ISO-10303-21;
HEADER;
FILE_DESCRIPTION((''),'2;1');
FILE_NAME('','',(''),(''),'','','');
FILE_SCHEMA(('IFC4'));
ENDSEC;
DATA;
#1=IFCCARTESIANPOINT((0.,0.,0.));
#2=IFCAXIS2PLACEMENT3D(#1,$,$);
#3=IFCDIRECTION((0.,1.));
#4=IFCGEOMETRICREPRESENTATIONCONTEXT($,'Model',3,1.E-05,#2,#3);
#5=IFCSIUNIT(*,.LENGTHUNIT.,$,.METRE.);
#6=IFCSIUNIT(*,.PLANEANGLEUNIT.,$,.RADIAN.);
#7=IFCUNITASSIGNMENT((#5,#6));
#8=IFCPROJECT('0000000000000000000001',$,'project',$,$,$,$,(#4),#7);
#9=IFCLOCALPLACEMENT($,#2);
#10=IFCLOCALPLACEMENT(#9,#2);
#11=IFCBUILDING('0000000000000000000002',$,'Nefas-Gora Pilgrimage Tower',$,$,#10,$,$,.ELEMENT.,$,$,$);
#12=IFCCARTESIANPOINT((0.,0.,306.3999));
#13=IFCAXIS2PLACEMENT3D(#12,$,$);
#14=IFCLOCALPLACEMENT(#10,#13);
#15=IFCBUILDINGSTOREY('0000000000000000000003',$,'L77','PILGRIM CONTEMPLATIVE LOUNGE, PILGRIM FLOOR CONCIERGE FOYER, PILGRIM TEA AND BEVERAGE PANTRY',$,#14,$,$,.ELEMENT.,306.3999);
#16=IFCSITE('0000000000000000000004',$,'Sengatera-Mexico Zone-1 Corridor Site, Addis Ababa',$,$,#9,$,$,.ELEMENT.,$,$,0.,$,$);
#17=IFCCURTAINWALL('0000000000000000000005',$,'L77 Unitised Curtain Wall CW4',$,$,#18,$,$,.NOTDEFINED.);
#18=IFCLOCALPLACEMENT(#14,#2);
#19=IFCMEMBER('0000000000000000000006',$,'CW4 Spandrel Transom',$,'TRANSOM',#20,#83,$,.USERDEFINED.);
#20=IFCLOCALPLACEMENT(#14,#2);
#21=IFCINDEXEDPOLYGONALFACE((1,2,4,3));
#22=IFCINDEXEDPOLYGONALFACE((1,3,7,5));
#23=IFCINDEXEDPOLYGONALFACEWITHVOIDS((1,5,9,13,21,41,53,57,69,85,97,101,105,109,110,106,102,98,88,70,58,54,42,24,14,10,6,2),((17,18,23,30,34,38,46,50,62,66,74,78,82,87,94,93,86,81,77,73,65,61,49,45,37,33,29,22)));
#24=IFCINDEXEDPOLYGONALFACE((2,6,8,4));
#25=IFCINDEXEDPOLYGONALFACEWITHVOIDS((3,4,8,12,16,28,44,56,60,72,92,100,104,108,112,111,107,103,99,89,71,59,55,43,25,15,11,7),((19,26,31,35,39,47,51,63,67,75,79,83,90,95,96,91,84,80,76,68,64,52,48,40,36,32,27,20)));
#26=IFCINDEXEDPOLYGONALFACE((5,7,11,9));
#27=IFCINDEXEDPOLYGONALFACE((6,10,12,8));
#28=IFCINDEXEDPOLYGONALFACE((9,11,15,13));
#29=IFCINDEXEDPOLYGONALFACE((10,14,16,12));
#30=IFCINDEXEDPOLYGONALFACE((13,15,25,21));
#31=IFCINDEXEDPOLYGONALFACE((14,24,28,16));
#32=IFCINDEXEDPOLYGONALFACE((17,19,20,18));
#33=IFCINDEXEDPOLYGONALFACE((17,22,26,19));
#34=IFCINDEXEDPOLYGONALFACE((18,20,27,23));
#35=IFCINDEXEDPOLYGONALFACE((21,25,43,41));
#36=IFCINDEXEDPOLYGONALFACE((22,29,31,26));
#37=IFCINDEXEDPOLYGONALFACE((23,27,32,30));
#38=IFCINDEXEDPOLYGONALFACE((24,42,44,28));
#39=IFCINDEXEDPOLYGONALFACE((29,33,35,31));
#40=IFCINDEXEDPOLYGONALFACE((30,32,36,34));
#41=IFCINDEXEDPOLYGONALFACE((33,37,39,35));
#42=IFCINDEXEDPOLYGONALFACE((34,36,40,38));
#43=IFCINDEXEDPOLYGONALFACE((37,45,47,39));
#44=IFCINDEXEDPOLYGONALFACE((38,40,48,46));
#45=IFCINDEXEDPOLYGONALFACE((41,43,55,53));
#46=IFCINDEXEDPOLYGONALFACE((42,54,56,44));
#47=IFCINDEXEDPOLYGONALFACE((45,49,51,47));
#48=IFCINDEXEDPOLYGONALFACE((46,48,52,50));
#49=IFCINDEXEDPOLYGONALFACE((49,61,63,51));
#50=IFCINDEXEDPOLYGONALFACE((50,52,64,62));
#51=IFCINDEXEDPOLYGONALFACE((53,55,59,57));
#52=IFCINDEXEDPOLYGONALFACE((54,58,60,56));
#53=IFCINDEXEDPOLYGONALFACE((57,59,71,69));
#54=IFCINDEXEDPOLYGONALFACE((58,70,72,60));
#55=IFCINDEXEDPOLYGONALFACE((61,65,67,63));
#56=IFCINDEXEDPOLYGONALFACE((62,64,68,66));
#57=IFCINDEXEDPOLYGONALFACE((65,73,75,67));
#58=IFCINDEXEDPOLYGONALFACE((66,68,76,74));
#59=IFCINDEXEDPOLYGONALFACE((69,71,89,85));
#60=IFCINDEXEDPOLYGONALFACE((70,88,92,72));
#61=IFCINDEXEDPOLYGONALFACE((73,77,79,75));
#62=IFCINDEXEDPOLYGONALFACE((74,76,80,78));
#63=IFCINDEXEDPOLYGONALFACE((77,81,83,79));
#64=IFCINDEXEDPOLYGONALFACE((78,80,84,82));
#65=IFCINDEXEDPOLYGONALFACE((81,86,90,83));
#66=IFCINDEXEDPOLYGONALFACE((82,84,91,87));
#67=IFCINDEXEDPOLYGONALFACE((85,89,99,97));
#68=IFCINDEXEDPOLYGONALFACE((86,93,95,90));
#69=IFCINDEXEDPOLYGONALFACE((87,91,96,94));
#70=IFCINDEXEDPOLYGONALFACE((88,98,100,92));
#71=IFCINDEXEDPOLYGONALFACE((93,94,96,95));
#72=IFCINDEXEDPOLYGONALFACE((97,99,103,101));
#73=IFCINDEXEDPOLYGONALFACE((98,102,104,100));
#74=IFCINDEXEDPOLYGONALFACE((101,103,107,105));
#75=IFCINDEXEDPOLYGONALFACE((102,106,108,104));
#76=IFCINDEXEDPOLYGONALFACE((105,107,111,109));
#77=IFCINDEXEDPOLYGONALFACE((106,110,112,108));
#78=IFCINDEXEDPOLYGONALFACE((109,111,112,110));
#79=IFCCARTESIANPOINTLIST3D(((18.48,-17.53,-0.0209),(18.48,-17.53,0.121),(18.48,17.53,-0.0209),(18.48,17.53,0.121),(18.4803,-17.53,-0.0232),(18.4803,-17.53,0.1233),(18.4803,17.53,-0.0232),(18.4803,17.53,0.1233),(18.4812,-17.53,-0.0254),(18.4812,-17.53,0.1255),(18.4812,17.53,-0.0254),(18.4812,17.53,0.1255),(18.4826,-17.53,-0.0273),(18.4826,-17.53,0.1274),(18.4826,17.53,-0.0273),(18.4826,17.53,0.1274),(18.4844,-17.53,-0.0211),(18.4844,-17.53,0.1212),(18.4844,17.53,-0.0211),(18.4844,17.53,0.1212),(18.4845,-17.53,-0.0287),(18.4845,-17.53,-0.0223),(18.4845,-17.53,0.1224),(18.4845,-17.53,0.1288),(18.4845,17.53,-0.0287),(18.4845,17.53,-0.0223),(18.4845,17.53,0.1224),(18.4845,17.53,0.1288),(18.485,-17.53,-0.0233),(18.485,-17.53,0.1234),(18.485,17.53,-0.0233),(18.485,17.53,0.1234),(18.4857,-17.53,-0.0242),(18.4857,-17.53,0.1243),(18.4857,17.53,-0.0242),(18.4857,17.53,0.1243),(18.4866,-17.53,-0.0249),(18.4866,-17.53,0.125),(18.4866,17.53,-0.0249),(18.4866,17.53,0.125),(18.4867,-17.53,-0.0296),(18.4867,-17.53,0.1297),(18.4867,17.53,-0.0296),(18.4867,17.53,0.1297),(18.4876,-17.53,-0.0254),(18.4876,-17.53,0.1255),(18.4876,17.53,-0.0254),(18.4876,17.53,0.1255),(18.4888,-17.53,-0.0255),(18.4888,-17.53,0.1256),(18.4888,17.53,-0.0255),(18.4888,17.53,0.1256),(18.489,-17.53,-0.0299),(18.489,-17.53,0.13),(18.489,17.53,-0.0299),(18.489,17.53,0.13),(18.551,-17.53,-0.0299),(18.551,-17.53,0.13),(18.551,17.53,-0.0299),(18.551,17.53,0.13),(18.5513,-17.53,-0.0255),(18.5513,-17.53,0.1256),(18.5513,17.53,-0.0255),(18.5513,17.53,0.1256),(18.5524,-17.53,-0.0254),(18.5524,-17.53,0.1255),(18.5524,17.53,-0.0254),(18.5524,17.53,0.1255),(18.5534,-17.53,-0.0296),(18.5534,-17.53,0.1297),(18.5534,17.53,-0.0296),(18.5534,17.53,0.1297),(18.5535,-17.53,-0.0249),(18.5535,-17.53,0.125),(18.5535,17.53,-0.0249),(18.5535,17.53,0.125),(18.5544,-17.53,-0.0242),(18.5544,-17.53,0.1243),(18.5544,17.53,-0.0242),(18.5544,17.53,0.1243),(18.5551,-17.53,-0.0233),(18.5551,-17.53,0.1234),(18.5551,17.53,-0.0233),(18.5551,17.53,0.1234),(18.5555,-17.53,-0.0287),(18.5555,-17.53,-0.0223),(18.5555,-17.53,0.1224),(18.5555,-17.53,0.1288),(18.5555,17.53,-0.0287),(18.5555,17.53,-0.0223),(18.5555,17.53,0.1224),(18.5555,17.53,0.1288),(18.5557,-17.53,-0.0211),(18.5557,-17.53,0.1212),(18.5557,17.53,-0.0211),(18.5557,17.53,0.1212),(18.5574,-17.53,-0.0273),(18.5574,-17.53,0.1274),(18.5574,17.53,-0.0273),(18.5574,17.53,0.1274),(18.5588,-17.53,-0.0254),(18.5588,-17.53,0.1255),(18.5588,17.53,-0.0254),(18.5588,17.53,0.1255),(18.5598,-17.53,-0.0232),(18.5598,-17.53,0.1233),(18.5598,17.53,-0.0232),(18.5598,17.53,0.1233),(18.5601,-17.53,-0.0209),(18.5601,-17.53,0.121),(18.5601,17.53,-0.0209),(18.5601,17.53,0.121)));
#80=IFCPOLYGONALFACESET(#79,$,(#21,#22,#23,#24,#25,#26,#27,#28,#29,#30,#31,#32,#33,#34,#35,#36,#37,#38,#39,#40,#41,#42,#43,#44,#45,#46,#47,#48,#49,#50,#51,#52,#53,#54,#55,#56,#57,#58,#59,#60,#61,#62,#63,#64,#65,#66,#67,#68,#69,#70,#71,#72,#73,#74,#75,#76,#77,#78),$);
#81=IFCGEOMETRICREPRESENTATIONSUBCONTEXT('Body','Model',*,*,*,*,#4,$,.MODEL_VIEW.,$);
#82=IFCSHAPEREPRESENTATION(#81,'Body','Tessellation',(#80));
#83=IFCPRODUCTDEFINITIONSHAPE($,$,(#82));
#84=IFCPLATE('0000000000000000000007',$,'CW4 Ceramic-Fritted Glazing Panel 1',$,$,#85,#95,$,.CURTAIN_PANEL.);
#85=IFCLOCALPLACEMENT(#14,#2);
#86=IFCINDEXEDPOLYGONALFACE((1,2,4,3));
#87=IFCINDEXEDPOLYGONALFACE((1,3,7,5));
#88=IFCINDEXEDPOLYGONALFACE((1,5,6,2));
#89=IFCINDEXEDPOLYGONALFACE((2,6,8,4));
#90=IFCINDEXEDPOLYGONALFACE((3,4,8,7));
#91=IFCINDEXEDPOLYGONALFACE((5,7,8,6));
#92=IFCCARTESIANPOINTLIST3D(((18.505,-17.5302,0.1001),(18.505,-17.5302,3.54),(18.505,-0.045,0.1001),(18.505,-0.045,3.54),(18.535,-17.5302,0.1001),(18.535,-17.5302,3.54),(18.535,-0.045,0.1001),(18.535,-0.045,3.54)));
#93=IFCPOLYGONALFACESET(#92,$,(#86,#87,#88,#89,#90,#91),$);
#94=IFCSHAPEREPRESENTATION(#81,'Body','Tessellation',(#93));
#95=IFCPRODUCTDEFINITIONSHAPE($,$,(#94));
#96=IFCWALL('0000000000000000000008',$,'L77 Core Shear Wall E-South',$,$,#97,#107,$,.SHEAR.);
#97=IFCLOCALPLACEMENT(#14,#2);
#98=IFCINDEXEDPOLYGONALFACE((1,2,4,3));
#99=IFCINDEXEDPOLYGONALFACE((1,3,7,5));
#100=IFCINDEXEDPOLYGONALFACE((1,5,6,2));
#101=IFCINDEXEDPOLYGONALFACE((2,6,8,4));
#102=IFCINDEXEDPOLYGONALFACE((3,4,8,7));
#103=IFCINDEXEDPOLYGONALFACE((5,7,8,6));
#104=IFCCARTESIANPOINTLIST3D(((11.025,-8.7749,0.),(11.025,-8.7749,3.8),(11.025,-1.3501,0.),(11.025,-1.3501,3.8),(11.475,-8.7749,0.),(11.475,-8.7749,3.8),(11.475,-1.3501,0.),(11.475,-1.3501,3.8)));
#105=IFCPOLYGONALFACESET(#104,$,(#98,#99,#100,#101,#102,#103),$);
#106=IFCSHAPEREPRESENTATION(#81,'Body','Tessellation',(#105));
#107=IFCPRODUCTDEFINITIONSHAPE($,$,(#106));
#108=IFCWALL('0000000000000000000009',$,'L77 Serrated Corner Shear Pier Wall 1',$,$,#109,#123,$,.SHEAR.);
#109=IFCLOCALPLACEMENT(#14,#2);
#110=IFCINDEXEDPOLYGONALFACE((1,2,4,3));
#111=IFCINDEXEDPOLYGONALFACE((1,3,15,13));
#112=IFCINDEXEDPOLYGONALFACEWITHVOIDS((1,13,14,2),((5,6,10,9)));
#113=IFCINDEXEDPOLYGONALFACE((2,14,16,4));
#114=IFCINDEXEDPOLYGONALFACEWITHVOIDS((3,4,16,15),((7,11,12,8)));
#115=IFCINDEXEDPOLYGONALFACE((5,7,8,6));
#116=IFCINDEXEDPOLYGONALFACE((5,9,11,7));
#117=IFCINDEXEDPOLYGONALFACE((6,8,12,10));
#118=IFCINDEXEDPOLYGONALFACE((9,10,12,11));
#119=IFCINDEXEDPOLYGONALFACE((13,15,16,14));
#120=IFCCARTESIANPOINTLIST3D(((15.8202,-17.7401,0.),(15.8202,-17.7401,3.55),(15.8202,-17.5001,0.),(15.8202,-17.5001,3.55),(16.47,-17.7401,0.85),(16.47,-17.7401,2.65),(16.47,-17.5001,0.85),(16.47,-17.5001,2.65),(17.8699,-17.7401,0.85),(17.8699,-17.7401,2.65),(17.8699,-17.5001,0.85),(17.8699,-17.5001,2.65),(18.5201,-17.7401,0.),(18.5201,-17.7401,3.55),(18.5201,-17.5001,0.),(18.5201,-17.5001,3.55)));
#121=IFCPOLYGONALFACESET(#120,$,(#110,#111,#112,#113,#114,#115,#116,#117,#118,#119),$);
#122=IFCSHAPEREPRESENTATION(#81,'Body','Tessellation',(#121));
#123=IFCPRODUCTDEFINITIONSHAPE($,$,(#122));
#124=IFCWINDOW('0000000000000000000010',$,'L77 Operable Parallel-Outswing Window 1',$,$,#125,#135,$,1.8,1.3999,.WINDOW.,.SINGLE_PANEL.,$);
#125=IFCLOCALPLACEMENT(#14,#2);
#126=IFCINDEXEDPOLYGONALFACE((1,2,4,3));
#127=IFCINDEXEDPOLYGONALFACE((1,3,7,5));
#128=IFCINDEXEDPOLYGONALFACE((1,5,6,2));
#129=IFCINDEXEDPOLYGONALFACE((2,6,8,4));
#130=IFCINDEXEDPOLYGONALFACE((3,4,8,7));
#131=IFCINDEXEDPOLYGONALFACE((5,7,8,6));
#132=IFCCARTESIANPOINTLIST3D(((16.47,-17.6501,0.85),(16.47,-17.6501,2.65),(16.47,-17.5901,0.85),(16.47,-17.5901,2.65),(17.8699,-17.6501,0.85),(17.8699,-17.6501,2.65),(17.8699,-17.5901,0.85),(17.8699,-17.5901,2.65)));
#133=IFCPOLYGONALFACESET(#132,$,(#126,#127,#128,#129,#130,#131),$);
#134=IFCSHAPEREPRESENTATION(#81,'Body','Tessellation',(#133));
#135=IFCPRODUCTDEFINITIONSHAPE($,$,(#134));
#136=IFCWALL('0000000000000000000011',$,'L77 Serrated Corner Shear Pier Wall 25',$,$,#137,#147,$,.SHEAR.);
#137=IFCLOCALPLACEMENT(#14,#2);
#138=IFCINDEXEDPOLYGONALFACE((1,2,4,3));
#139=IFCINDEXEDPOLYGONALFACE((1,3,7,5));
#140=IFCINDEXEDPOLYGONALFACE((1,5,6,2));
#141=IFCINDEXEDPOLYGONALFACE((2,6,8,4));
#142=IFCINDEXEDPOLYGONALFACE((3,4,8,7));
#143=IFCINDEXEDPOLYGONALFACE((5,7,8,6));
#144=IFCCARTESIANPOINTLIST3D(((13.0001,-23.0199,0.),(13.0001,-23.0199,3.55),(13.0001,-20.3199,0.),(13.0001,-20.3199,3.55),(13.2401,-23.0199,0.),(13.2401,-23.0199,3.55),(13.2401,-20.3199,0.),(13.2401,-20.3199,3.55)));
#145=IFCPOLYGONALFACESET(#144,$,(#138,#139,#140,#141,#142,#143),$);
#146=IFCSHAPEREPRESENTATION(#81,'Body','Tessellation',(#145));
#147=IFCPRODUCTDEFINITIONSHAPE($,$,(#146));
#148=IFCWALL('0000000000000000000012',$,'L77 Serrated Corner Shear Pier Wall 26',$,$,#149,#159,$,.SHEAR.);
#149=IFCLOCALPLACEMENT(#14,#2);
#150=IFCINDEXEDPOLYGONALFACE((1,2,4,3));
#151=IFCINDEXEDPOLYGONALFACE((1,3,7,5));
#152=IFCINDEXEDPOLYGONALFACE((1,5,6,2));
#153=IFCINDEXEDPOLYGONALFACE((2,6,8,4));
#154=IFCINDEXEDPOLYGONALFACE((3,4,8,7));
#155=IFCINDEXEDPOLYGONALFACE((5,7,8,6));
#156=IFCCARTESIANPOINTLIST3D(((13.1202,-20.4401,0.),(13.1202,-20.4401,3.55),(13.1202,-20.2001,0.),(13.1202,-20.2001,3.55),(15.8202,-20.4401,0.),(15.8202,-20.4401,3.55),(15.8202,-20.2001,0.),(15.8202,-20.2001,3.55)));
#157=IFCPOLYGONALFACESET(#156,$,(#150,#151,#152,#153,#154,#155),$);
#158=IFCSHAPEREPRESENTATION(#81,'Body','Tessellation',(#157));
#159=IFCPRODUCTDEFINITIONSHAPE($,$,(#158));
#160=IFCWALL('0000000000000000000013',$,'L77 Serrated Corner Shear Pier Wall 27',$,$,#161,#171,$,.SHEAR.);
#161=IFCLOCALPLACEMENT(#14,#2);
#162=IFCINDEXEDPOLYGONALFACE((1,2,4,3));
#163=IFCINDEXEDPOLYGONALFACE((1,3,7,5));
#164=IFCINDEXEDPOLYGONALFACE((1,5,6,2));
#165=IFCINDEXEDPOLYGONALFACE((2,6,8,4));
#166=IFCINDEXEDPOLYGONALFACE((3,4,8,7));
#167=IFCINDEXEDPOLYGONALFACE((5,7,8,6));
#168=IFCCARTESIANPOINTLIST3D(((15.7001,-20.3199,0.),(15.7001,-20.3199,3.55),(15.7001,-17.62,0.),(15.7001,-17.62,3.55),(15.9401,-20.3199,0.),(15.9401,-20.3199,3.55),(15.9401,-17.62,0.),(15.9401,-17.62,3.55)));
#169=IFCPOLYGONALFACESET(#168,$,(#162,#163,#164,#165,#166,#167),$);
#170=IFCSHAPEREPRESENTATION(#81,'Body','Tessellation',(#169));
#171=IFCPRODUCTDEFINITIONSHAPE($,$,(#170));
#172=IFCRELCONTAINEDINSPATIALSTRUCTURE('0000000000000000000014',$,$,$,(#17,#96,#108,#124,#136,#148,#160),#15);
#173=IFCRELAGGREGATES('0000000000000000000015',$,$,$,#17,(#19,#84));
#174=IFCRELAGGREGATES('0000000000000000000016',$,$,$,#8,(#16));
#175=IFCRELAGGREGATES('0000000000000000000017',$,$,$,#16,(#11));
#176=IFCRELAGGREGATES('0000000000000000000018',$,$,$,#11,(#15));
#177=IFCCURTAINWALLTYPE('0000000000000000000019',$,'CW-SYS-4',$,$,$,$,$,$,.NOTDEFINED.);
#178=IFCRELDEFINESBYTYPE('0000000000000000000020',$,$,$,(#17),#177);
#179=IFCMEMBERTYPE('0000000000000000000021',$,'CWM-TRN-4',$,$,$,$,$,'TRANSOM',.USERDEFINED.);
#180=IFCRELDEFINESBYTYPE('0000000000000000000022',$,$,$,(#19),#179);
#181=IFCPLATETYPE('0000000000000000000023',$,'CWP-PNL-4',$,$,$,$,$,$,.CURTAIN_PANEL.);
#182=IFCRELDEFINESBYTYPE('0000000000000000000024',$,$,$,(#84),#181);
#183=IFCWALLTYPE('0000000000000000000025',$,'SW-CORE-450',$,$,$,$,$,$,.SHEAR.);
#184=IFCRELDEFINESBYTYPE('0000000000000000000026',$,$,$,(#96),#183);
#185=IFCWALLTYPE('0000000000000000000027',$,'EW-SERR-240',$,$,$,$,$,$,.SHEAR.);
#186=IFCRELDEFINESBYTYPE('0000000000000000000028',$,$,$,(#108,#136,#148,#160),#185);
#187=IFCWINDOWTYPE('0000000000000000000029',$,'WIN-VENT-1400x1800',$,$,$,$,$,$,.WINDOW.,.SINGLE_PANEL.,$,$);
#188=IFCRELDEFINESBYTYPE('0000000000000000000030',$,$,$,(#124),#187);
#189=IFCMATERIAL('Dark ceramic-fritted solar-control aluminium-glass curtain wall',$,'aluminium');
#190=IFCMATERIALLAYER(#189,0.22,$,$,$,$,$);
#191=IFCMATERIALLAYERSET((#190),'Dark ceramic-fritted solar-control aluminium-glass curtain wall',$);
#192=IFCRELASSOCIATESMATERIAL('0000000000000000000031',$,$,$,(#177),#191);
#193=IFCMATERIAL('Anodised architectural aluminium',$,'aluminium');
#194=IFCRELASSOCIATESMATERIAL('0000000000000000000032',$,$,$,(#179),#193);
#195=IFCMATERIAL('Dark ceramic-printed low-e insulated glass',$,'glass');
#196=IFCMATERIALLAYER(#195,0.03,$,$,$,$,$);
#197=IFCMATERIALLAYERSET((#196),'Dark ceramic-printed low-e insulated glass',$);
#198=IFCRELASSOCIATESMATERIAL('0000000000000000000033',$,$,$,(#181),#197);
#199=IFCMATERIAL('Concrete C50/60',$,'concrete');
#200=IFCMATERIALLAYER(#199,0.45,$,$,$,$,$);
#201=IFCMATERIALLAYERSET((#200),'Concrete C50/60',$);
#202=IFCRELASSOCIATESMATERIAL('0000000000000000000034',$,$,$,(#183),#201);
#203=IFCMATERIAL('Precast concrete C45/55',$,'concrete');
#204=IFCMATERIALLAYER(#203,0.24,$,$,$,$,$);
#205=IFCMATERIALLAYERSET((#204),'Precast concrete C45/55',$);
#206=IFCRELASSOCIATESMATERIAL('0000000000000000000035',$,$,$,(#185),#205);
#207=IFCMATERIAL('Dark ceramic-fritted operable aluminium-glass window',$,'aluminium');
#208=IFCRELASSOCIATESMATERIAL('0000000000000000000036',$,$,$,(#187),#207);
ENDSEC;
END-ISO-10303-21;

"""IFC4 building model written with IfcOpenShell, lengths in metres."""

from ifc_helpers import new_model, si_unit, direction, frame, frame_2d, origin, origin_2d, place, context, subcontext, project, spatial, rectangle, hollow_rectangle, extrude, source, transform, mapped, material, layer, layer_set, material_profile, profile_set, type_object, element, fill, aggregate, save


model = new_model("IFC4")

# Units and contexts
model_context = context("Model", 3, precision=1e-05, world=origin(), true_north=direction((0.0, 1.0)))
body_context = subcontext(model_context, "Body", "Model", "MODEL_VIEW")
ifc_project = project(units=[si_unit("LENGTHUNIT", "METRE"), si_unit("PLANEANGLEUNIT", "RADIAN")], contexts=[model_context])

# Site, building, storey
site_placement = place(None, origin())
site = spatial("IfcSite", under=ifc_project, at=site_placement, Name="Sengatera-Mexico Zone-1 Corridor Site, Addis Ababa", CompositionType="ELEMENT", RefElevation=0.0)
building_placement = place(site_placement, origin())
building = spatial("IfcBuilding", under=site, at=building_placement, Name="Nefas-Gora Pilgrimage Tower", CompositionType="ELEMENT")
storey_placement = place(building_placement, frame((0.0, 0.0, 306.3999)))
storey = spatial("IfcBuildingStorey", under=building, at=storey_placement, Name="L77", Description="PILGRIM CONTEMPLATIVE LOUNGE, PILGRIM FLOOR CONCIERGE FOYER, PILGRIM TEA AND BEVERAGE PANTRY", CompositionType="ELEMENT", Elevation=306.3999)

# Curtain wall
ifc_material_1 = material(Name="Dark ceramic-fritted solar-control aluminium-glass curtain wall", Category="aluminium")
ifc_layer_1 = layer(ifc_material_1, 0.22)
ifc_layer_set_1 = layer_set([ifc_layer_1], Name="Dark ceramic-fritted solar-control aluminium-glass curtain wall")
curtain_wall_type = type_object("IfcCurtainWallType", Name="CW-SYS-4", PredefinedType="NOTDEFINED", material=ifc_layer_set_1)
curtain_wall_1_placement = place(storey_placement, origin())
curtain_wall_1 = element("IfcCurtainWall", 1, at=curtain_wall_1_placement, inside=storey, type_object=curtain_wall_type, Name="L77 Unitised Curtain Wall CW4", PredefinedType="NOTDEFINED")
ifc_material_2 = material(Name="Anodised architectural aluminium", Category="aluminium")

# Member
ifc_material_profile_1 = material_profile(ifc_material_2, hollow_rectangle(XDim=0.0801, YDim=0.1599, WallThickness=0.0044, InnerFilletRadius=0.0044, OuterFilletRadius=0.009, at=origin_2d()), Name="ALU TRANSOM 80x160")
ifc_profile_set_1 = profile_set([ifc_material_profile_1], Name="Anodised architectural aluminium")
member_type_1 = type_object("IfcMemberType", Name="CWM-TRN-4", ElementType="TRANSOM", PredefinedType="USERDEFINED", material=ifc_profile_set_1)
shared_shape_1 = source(origin(), body_context, "Body", "SweptSolid", [
    extrude(hollow_rectangle(XDim=0.0801, YDim=0.1599, WallThickness=0.0044, InnerFilletRadius=0.0044, OuterFilletRadius=0.009, at=origin_2d()), origin(), (0.0, 0.0, 1.0), 35.0601),
])
member_1_placement = place(storey_placement, frame((18.52, -17.53, 0.05), z_axis=(0.0, 1.0, 0.0), x_axis=(-1.0, 0.0, 0.0)))
member_1 = element("IfcMember", 2, at=member_1_placement, type_object=member_type_1, Name="CW4 Spandrel Transom", ObjectType="TRANSOM", PredefinedType="USERDEFINED", context=body_context, shape_type="MappedRepresentation", body=[
    mapped(shared_shape_1, transform((0.0, 0.0, 0.0), x_axis=(1.0, 0.0, 0.0), y_axis=(0.0, 1.0, 0.0), z_axis=(0.0, 0.0, 1.0), scale=1.0)),
])

# Plate
ifc_material_3 = material(Name="Dark ceramic-printed low-e insulated glass", Category="glass")
ifc_layer_2 = layer(ifc_material_3, 0.03)
ifc_layer_set_2 = layer_set([ifc_layer_2], Name="Dark ceramic-printed low-e insulated glass")
plate_type = type_object("IfcPlateType", Name="CWP-PNL-4", PredefinedType="CURTAIN_PANEL", material=ifc_layer_set_2)
shared_shape_2 = source(origin(), body_context, "Body", "SweptSolid", [
    extrude(rectangle(XDim=17.4851, YDim=0.03, at=origin_2d()), origin(), (0.0, 0.0, 1.0), 3.4399),
])
plate_placement = place(storey_placement, frame((18.52, -8.7876, 0.1001), z_axis=(0.0, 0.0, 1.0), x_axis=(0.0, 1.0, 0.0)))
plate = element("IfcPlate", 3, at=plate_placement, type_object=plate_type, Name="CW4 Ceramic-Fritted Glazing Panel 1", PredefinedType="CURTAIN_PANEL", context=body_context, shape_type="MappedRepresentation", body=[
    mapped(shared_shape_2, transform((0.0, 0.0, 0.0), x_axis=(1.0, 0.0, 0.0), y_axis=(0.0, 1.0, 0.0), z_axis=(0.0, 0.0, 1.0), scale=1.0)),
])
aggregate(curtain_wall_1, [member_1, plate])

# Wall
ifc_material_4 = material(Name="Concrete C50/60", Category="concrete")
ifc_layer_3 = layer(ifc_material_4, 0.45)
ifc_layer_set_3 = layer_set([ifc_layer_3], Name="Concrete C50/60")
wall_type_1 = type_object("IfcWallType", Name="SW-CORE-450", PredefinedType="SHEAR", material=ifc_layer_set_3)
shared_shape_3 = source(origin(), body_context, "Body", "SweptSolid", [
    extrude(rectangle(XDim=7.4248, YDim=0.45, at=frame_2d((3.7124, 0.0))), origin(), (0.0, 0.0, 1.0), 3.8),
])
wall_1_placement = place(storey_placement, frame((11.25, -8.7749, 0.0), z_axis=(0.0, 0.0, 1.0), x_axis=(0.0, 1.0, 0.0)))
element("IfcWall", 4, at=wall_1_placement, inside=storey, type_object=wall_type_1, Name="L77 Core Shear Wall E-South", PredefinedType="SHEAR", context=body_context, shape_type="MappedRepresentation", body=[
    mapped(shared_shape_3, transform((0.0, 0.0, 0.0), x_axis=(1.0, 0.0, 0.0), y_axis=(0.0, 1.0, 0.0), z_axis=(0.0, 0.0, 1.0), scale=1.0)),
])

# Wall, opening, window
ifc_material_5 = material(Name="Precast concrete C45/55", Category="concrete")
ifc_layer_4 = layer(ifc_material_5, 0.24)
ifc_layer_set_4 = layer_set([ifc_layer_4], Name="Precast concrete C45/55")
wall_type_2 = type_object("IfcWallType", Name="EW-SERR-240", PredefinedType="SHEAR", material=ifc_layer_set_4)
shared_shape_4 = source(origin(), body_context, "Body", "SweptSolid", [
    extrude(rectangle(XDim=2.7, YDim=0.24, at=frame_2d((1.3501, 0.0))), origin(), (0.0, 0.0, 1.0), 3.55),
])
wall_2_placement = place(storey_placement, frame((15.8201, -17.6201, 0.0), z_axis=(0.0, 0.0, 1.0), x_axis=(1.0, 0.0, 0.0)))
wall_2 = element("IfcWall", 5, at=wall_2_placement, inside=storey, type_object=wall_type_2, Name="L77 Serrated Corner Shear Pier Wall 1", PredefinedType="SHEAR", context=body_context, shape_type="MappedRepresentation", body=[
    mapped(shared_shape_4, transform((0.0, 0.0, 0.0), x_axis=(1.0, 0.0, 0.0), y_axis=(0.0, 1.0, 0.0), z_axis=(0.0, 0.0, 1.0), scale=1.0)),
])
opening_1_placement = place(wall_2_placement, frame((0.6499, 0.0, 0.8501)))
opening_1 = element("IfcOpeningElement", 6, at=opening_1_placement, cuts=wall_2, PredefinedType="OPENING", context=body_context, shape_type="SweptSolid", body=[
    extrude(rectangle(XDim=1.3999, YDim=1.8, at=frame_2d((0.7, 0.8999))), frame((0.0, 0.1299, 0.0), z_axis=(0.0, -1.0, 0.0), x_axis=(1.0, 0.0, 0.0)), (0.0, 0.0, 1.0), 0.26),
])
ifc_material_6 = material(Name="Dark ceramic-fritted operable aluminium-glass window", Category="aluminium")
window_type = type_object("IfcWindowType", Name="WIN-VENT-1400x1800", PartitioningType="SINGLE_PANEL", PredefinedType="WINDOW", material=ifc_material_6)
shared_shape_5 = source(origin(), body_context, "Body", "SweptSolid", [
    extrude(rectangle(XDim=1.3999, YDim=1.8, at=frame_2d((0.7, 0.8999))), frame((0.0, 0.03, 0.0), z_axis=(0.0, -1.0, 0.0), x_axis=(1.0, 0.0, 0.0)), (0.0, 0.0, 1.0), 0.0601),
])
window_placement = place(opening_1_placement, origin())
window = element("IfcWindow", 7, at=window_placement, inside=storey, type_object=window_type, Name="L77 Operable Parallel-Outswing Window 1", OverallHeight=1.8, OverallWidth=1.3999, PartitioningType="SINGLE_PANEL", PredefinedType="WINDOW", context=body_context, shape_type="MappedRepresentation", body=[
    mapped(shared_shape_5, transform((0.0, 0.0, 0.0), x_axis=(1.0, 0.0, 0.0), y_axis=(0.0, 1.0, 0.0), z_axis=(0.0, 0.0, 1.0), scale=1.0)),
])
fill(opening_1, window)

# Walls
for number, where, z_axis, x_axis, name in (
    (8, (13.1201, -23.02, 0.0), (0.0, 0.0, 1.0), (0.0, 1.0, 0.0), "L77 Serrated Corner Shear Pier Wall 25"),
    (9, (13.1201, -20.3201, 0.0), (0.0, 0.0, 1.0), (1.0, 0.0, 0.0), "L77 Serrated Corner Shear Pier Wall 26"),
    (10, (15.8201, -20.3201, 0.0), (0.0, 0.0, 1.0), (0.0, 1.0, 0.0), "L77 Serrated Corner Shear Pier Wall 27"),
):
    element("IfcWall", number, at=place(storey_placement, frame(where, z_axis=z_axis, x_axis=x_axis)), inside=storey, type_object=wall_type_2, Name=name, PredefinedType="SHEAR", context=body_context, shape_type="MappedRepresentation", body=[
        mapped(shared_shape_4, transform((0.0, 0.0, 0.0), x_axis=(1.0, 0.0, 0.0), y_axis=(0.0, 1.0, 0.0), z_axis=(0.0, 0.0, 1.0), scale=1.0)),
    ])

save(model, "model.ifc")
